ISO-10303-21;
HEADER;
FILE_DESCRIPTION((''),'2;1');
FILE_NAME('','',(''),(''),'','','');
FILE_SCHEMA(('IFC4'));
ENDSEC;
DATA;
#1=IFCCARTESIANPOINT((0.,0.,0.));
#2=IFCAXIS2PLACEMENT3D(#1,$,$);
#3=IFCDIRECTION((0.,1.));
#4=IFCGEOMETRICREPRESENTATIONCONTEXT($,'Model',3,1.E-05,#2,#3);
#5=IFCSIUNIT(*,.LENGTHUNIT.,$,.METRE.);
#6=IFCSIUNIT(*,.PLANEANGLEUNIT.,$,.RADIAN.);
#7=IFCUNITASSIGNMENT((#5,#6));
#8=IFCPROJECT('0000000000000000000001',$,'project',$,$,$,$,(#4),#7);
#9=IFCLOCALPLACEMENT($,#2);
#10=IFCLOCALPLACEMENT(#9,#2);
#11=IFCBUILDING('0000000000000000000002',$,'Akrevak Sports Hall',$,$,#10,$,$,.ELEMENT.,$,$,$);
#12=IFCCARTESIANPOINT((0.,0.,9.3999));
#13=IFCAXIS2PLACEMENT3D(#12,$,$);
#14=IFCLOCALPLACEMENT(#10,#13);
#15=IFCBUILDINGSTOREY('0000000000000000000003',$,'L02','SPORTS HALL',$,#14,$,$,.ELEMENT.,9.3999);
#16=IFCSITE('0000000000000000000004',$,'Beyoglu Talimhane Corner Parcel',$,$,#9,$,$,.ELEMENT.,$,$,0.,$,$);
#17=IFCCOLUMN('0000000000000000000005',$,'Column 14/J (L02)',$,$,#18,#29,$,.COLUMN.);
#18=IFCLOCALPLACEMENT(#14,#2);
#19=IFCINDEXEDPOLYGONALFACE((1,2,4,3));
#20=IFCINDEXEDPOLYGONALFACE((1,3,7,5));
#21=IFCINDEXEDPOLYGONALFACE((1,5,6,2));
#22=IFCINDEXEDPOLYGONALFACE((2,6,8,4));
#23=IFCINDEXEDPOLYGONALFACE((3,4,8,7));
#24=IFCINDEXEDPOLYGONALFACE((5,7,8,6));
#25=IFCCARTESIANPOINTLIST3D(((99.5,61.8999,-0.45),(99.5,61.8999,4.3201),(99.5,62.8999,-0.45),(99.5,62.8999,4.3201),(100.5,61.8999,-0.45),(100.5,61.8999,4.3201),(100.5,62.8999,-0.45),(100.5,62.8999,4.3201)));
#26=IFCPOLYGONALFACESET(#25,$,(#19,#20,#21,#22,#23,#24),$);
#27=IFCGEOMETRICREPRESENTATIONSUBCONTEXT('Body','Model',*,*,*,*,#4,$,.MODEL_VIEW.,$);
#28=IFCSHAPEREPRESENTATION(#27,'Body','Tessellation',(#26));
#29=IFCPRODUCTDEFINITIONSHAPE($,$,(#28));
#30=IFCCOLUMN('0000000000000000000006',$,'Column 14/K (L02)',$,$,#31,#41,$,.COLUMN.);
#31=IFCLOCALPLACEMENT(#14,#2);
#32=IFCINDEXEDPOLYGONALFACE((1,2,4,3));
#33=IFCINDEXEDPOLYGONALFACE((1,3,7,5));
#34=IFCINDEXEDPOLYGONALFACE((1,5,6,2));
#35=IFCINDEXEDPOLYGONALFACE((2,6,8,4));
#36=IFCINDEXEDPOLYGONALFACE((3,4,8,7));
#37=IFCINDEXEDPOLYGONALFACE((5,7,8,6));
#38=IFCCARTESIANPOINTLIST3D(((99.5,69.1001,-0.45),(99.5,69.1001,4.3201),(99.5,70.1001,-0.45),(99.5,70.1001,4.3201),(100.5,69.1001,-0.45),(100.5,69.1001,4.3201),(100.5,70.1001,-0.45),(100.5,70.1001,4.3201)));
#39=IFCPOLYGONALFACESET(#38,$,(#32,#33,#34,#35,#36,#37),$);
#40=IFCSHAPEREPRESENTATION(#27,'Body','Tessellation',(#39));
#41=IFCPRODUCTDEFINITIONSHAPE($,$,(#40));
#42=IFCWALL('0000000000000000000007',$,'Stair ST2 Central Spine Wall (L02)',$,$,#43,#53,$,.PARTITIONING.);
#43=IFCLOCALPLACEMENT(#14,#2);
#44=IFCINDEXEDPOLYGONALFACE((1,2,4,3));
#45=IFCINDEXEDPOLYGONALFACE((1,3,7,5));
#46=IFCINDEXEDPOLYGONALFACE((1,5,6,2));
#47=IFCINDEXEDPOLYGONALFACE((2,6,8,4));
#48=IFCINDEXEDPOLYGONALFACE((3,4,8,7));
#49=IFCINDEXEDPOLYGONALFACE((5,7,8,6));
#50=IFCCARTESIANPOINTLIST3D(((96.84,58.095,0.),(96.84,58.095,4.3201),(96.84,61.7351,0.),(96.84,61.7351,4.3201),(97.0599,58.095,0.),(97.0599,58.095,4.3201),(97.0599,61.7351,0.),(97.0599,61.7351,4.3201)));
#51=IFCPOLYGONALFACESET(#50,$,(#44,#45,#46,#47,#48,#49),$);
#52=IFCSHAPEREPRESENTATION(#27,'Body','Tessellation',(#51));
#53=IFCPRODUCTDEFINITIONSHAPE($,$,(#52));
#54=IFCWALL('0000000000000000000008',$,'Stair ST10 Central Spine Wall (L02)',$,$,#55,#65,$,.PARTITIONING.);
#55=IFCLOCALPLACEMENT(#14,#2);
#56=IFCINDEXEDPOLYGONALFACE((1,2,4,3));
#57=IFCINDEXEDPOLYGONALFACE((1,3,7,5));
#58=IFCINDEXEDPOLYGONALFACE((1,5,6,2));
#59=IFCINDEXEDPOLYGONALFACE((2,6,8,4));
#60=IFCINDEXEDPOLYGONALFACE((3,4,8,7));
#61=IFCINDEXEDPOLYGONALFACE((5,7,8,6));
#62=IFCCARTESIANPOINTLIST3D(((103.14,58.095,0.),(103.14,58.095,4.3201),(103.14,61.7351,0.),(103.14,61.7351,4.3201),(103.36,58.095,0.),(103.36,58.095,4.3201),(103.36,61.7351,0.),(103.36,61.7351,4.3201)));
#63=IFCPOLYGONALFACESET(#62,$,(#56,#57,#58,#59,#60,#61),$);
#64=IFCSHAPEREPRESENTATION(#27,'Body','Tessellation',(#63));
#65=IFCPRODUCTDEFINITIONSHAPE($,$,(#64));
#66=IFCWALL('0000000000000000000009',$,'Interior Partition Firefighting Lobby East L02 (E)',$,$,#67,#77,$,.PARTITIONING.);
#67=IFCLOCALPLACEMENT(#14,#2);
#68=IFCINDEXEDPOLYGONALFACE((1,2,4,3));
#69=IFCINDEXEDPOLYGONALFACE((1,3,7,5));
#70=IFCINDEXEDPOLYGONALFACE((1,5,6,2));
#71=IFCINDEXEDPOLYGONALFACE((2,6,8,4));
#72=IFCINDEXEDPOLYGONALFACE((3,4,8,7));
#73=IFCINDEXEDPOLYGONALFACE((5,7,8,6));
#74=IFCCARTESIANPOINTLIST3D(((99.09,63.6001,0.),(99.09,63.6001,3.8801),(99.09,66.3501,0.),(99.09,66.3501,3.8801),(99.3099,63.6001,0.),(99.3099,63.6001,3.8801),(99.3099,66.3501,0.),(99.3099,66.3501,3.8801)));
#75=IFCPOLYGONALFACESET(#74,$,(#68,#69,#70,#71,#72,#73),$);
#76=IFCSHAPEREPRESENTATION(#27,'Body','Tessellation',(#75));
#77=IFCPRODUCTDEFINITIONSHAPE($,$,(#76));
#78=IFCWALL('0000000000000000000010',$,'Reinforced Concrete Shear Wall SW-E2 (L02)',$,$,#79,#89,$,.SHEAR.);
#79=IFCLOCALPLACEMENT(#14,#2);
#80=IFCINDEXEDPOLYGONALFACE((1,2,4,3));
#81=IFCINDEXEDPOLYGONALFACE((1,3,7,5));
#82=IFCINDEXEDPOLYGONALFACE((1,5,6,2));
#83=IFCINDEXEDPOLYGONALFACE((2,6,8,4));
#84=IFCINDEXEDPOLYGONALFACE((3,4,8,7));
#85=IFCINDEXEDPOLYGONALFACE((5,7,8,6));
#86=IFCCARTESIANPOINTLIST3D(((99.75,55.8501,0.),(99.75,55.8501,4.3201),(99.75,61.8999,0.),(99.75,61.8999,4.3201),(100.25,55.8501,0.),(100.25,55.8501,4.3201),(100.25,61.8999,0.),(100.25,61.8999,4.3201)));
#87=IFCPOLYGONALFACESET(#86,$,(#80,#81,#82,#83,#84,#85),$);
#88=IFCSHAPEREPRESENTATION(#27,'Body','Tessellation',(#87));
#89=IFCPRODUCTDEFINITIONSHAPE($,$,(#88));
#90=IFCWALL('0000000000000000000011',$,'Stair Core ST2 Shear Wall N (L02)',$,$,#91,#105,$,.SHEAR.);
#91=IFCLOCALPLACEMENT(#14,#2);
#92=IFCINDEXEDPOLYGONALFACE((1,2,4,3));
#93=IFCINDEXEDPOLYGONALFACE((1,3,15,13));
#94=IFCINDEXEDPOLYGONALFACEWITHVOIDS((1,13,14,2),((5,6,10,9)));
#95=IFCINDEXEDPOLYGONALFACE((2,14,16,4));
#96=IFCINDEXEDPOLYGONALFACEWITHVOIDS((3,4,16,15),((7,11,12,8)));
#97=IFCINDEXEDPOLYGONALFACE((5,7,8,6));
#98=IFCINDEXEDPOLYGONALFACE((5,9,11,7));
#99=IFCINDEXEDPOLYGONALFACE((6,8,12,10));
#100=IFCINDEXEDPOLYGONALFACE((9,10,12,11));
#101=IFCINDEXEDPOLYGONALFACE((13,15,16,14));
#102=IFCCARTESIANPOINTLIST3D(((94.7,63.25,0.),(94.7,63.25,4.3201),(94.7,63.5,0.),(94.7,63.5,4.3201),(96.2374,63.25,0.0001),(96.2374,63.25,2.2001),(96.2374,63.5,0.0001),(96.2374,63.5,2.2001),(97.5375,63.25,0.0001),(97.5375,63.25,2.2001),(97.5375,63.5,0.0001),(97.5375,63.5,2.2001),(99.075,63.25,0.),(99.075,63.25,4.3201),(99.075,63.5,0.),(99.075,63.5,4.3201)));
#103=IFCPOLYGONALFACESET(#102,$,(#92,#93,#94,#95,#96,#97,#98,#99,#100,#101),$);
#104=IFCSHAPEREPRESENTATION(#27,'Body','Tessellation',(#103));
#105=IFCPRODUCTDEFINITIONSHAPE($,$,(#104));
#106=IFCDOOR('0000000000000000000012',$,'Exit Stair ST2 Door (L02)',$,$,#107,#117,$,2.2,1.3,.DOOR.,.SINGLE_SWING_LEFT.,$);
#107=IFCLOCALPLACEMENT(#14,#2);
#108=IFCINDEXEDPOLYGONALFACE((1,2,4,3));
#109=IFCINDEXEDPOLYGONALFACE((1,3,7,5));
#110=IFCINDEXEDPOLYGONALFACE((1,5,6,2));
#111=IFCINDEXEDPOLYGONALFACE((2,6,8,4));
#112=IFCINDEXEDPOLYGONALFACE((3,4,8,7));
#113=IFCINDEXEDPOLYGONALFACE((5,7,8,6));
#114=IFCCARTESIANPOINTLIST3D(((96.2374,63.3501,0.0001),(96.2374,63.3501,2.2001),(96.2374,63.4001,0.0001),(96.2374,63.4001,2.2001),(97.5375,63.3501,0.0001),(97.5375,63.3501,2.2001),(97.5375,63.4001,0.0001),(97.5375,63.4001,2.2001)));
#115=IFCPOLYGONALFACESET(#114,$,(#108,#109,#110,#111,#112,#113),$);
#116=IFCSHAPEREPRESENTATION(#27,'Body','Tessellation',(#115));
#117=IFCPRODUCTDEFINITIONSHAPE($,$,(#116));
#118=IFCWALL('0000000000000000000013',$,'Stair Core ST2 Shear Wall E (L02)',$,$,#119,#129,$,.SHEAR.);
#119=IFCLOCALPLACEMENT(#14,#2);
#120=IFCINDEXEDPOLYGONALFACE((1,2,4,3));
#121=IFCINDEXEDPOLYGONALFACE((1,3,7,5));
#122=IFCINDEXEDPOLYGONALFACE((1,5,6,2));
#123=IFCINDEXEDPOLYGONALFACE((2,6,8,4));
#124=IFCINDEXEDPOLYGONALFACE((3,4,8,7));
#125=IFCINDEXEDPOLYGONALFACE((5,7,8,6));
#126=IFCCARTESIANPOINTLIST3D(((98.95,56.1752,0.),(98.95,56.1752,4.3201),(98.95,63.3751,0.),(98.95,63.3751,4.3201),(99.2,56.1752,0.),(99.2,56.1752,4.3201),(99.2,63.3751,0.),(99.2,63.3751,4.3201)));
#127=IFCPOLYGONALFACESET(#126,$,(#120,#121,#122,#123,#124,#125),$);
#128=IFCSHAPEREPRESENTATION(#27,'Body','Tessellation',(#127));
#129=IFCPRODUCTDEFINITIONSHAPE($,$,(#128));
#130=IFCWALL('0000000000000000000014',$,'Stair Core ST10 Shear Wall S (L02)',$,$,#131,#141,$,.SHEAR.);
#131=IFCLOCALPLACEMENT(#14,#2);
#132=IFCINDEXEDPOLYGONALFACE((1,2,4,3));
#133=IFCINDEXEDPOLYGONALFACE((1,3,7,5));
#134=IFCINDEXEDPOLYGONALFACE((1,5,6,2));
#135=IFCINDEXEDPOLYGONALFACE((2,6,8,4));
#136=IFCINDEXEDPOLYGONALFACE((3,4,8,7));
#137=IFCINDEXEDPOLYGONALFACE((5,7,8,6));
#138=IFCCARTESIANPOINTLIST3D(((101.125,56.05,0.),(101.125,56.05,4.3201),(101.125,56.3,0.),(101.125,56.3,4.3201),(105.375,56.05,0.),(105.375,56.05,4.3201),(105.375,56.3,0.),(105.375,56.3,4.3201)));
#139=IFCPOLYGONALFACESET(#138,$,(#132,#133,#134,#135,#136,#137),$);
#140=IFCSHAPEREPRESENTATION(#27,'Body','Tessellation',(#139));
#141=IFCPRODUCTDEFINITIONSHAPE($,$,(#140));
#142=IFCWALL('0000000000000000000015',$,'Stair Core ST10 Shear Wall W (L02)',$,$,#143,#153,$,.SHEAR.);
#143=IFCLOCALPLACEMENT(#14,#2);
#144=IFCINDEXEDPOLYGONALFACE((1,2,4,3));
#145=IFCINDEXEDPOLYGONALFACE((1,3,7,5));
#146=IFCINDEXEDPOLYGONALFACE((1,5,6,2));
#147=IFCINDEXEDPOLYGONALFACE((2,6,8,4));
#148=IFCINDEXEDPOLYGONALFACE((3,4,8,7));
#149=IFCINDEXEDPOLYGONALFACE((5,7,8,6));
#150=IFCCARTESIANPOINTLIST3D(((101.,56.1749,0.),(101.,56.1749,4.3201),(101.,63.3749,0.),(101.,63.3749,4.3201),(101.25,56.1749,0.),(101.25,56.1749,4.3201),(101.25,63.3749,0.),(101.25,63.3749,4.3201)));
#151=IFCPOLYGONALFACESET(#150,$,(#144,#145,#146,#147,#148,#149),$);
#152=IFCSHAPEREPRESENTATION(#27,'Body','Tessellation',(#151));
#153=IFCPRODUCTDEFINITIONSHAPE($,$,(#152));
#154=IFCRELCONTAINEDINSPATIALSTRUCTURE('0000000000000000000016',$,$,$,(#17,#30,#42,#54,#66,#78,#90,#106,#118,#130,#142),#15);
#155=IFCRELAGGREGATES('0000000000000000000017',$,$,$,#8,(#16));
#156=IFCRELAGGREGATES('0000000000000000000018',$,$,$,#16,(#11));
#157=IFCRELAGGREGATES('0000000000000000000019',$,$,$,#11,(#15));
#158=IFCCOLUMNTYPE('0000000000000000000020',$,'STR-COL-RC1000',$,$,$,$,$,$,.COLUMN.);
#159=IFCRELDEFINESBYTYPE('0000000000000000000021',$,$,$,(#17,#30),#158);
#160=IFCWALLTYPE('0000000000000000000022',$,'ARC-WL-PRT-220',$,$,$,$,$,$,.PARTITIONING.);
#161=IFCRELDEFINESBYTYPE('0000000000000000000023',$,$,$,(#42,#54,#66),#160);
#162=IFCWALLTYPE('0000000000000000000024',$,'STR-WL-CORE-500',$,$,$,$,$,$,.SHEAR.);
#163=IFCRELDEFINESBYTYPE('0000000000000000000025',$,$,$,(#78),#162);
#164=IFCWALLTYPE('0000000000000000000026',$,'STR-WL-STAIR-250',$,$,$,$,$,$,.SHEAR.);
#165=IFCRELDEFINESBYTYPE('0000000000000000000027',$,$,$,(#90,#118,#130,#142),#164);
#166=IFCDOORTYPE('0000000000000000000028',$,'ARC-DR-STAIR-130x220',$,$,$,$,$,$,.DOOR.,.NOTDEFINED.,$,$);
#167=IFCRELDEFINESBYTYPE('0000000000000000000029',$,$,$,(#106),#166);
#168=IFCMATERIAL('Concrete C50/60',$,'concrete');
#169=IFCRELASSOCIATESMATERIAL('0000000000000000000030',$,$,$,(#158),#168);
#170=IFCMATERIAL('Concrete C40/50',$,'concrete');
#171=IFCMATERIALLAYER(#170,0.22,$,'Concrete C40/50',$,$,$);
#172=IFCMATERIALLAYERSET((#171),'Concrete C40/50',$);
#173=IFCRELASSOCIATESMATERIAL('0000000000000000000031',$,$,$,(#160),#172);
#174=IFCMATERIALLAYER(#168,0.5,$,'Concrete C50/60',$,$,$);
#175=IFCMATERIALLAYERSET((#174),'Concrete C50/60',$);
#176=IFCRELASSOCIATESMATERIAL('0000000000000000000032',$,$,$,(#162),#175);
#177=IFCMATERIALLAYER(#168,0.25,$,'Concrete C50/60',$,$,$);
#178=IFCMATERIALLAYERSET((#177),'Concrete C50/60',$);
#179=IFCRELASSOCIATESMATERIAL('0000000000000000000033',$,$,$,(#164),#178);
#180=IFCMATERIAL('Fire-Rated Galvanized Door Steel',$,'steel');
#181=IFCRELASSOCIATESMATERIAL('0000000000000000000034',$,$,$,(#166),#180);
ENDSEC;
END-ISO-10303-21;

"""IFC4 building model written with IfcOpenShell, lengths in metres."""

from ifc_helpers import new_model, si_unit, direction, frame, frame_2d, origin, origin_2d, place, context, subcontext, project, spatial, rectangle, extrude, material, layer, layer_set, material_profile, profile_set, type_object, element, fill, save


model = new_model("IFC4")

# Units and contexts
model_context = context("Model", 3, precision=1e-05, world=origin(), true_north=direction((0.0, 1.0)))
body_context = subcontext(model_context, "Body", "Model", "MODEL_VIEW")
ifc_project = project(units=[si_unit("LENGTHUNIT", "METRE"), si_unit("PLANEANGLEUNIT", "RADIAN")], contexts=[model_context])

# Site, building, storey
site_placement = place(None, origin())
site = spatial("IfcSite", under=ifc_project, at=site_placement, Name="Beyoglu Talimhane Corner Parcel", CompositionType="ELEMENT", RefElevation=0.0)
building_placement = place(site_placement, origin())
building = spatial("IfcBuilding", under=site, at=building_placement, Name="Akrevak Sports Hall", CompositionType="ELEMENT")
storey_placement = place(building_placement, frame((0.0, 0.0, 9.3999)))
storey = spatial("IfcBuildingStorey", under=building, at=storey_placement, Name="L02", Description="SPORTS HALL", CompositionType="ELEMENT", Elevation=9.3999)

# Columns
ifc_material_1 = material(Name="Concrete C50/60", Category="concrete")
ifc_material_profile = material_profile(ifc_material_1, rectangle(XDim=1.0, YDim=1.0, at=origin_2d()), Name="RC 1000x1000", Category="concrete")
ifc_profile_set = profile_set([ifc_material_profile], Name="Concrete C50/60")
column_type = type_object("IfcColumnType", Name="STR-COL-RC1000", PredefinedType="COLUMN", material=ifc_profile_set)
for number, where, z_axis, x_axis, name in (
    (1, (100.0, 62.3999, -0.45), (0.0, 0.0, 1.0), (1.0, 0.0, 0.0), "Column 14/J (L02)"),
    (2, (100.0, 69.6001, -0.45), (0.0, 0.0, 1.0), (1.0, 0.0, 0.0), "Column 14/K (L02)"),
):
    element("IfcColumn", number, at=place(storey_placement, frame(where, z_axis=z_axis, x_axis=x_axis)), inside=storey, type_object=column_type, Name=name, PredefinedType="COLUMN", context=body_context, shape_type="SweptSolid", body=[
        extrude(rectangle(XDim=1.0, YDim=1.0, at=origin_2d()), origin(), (0.0, 0.0, 1.0), 4.77),
    ])

# Walls
ifc_material_2 = material(Name="Concrete C40/50", Category="concrete")
ifc_layer_1 = layer(ifc_material_2, 0.22, Name="Concrete C40/50")
ifc_layer_set_1 = layer_set([ifc_layer_1], Name="Concrete C40/50")
wall_type_1 = type_object("IfcWallType", Name="ARC-WL-PRT-220", PredefinedType="PARTITIONING", material=ifc_layer_set_1)
for number, where, z_axis, x_axis, name in (
    (3, (96.95, 58.095, 0.0), (0.0, 0.0, 1.0), (0.0, 1.0, 0.0), "Stair ST2 Central Spine Wall (L02)"),
    (4, (103.25, 58.095, 0.0), (0.0, 0.0, 1.0), (0.0, 1.0, 0.0), "Stair ST10 Central Spine Wall (L02)"),
):
    element("IfcWall", number, at=place(storey_placement, frame(where, z_axis=z_axis, x_axis=x_axis)), inside=storey, type_object=wall_type_1, Name=name, PredefinedType="PARTITIONING", context=body_context, shape_type="SweptSolid", body=[
        extrude(rectangle(XDim=3.6401, YDim=0.22, at=frame_2d((1.8201, 0.0))), origin(), (0.0, 0.0, 1.0), 4.3201),
    ])
wall_1_placement = place(storey_placement, frame((99.2, 63.6001, 0.0), z_axis=(0.0, 0.0, 1.0), x_axis=(0.0, 1.0, 0.0)))
element("IfcWall", 5, at=wall_1_placement, inside=storey, type_object=wall_type_1, Name="Interior Partition Firefighting Lobby East L02 (E)", PredefinedType="PARTITIONING", context=body_context, shape_type="SweptSolid", body=[
    extrude(rectangle(XDim=2.75, YDim=0.22, at=frame_2d((1.375, 0.0))), origin(), (0.0, 0.0, 1.0), 3.8801),
])
ifc_layer_2 = layer(ifc_material_1, 0.5, Name="Concrete C50/60")
ifc_layer_set_2 = layer_set([ifc_layer_2], Name="Concrete C50/60")
wall_type_2 = type_object("IfcWallType", Name="STR-WL-CORE-500", PredefinedType="SHEAR", material=ifc_layer_set_2)
wall_2_placement = place(storey_placement, frame((100.0, 55.8501, 0.0), z_axis=(0.0, 0.0, 1.0), x_axis=(0.0, 1.0, 0.0)))
element("IfcWall", 6, at=wall_2_placement, inside=storey, type_object=wall_type_2, Name="Reinforced Concrete Shear Wall SW-E2 (L02)", PredefinedType="SHEAR", context=body_context, shape_type="SweptSolid", body=[
    extrude(rectangle(XDim=6.0498, YDim=0.5, at=frame_2d((3.0249, 0.0))), origin(), (0.0, 0.0, 1.0), 4.3201),
])

# Wall, opening, door
ifc_layer_3 = layer(ifc_material_1, 0.25, Name="Concrete C50/60")
ifc_layer_set_3 = layer_set([ifc_layer_3], Name="Concrete C50/60")
wall_type_3 = type_object("IfcWallType", Name="STR-WL-STAIR-250", PredefinedType="SHEAR", material=ifc_layer_set_3)
wall_3_placement = place(storey_placement, frame((99.075, 63.375, 0.0), z_axis=(0.0, 0.0, 1.0), x_axis=(-1.0, 0.0, 0.0)))
wall_3 = element("IfcWall", 7, at=wall_3_placement, inside=storey, type_object=wall_type_3, Name="Stair Core ST2 Shear Wall N (L02)", PredefinedType="SHEAR", context=body_context, shape_type="SweptSolid", body=[
    extrude(rectangle(XDim=4.375, YDim=0.25, at=frame_2d((2.1875, 0.0))), origin(), (0.0, 0.0, 1.0), 4.3201),
])
opening_placement = place(wall_3_placement, frame((1.5376, 0.0, 0.0)))
opening = element("IfcOpeningElement", 8, at=opening_placement, cuts=wall_3, PredefinedType="OPENING", context=body_context, shape_type="SweptSolid", body=[
    extrude(rectangle(XDim=1.3, YDim=2.2, at=frame_2d((0.6499, 1.1001))), frame((0.0, 0.137, 0.0), z_axis=(0.0, -1.0, 0.0), x_axis=(1.0, 0.0, 0.0)), (0.0, 0.0, 1.0), 0.2739),
])
ifc_material_3 = material(Name="Fire-Rated Galvanized Door Steel", Category="steel")
door_type = type_object("IfcDoorType", Name="ARC-DR-STAIR-130x220", OperationType="NOTDEFINED", PredefinedType="DOOR", material=ifc_material_3)
door_placement = place(opening_placement, origin())
door = element("IfcDoor", 9, at=door_placement, inside=storey, type_object=door_type, Name="Exit Stair ST2 Door (L02)", OperationType="SINGLE_SWING_LEFT", OverallHeight=2.2, OverallWidth=1.3, PredefinedType="DOOR", context=body_context, shape_type="SweptSolid", body=[
    extrude(rectangle(XDim=1.3, YDim=2.2, at=frame_2d((0.6499, 1.1001))), frame((0.0, 0.0249, 0.0), z_axis=(0.0, -1.0, 0.0), x_axis=(1.0, 0.0, 0.0)), (0.0, 0.0, 1.0), 0.05),
])
fill(opening, door)

# Walls
wall_4_placement = place(storey_placement, frame((99.075, 56.175, 0.0), z_axis=(0.0, 0.0, 1.0), x_axis=(0.0, 1.0, 0.0)))
element("IfcWall", 10, at=wall_4_placement, inside=storey, type_object=wall_type_3, Name="Stair Core ST2 Shear Wall E (L02)", PredefinedType="SHEAR", context=body_context, shape_type="SweptSolid", body=[
    extrude(rectangle(XDim=7.2, YDim=0.25, at=frame_2d((3.6001, 0.0))), origin(), (0.0, 0.0, 1.0), 4.3201),
])
wall_5_placement = place(storey_placement, frame((101.125, 56.175, 0.0), z_axis=(0.0, 0.0, 1.0), x_axis=(1.0, 0.0, 0.0)))
element("IfcWall", 11, at=wall_5_placement, inside=storey, type_object=wall_type_3, Name="Stair Core ST10 Shear Wall S (L02)", PredefinedType="SHEAR", context=body_context, shape_type="SweptSolid", body=[
    extrude(rectangle(XDim=4.25, YDim=0.25, at=frame_2d((2.125, 0.0))), origin(), (0.0, 0.0, 1.0), 4.3201),
])
wall_6_placement = place(storey_placement, frame((101.125, 63.375, 0.0), z_axis=(0.0, 0.0, 1.0), x_axis=(0.0, -1.0, 0.0)))
element("IfcWall", 12, at=wall_6_placement, inside=storey, type_object=wall_type_3, Name="Stair Core ST10 Shear Wall W (L02)", PredefinedType="SHEAR", context=body_context, shape_type="SweptSolid", body=[
    extrude(rectangle(XDim=7.2, YDim=0.25, at=frame_2d((3.6001, 0.0))), origin(), (0.0, 0.0, 1.0), 4.3201),
])

save(model, "model.ifc")
